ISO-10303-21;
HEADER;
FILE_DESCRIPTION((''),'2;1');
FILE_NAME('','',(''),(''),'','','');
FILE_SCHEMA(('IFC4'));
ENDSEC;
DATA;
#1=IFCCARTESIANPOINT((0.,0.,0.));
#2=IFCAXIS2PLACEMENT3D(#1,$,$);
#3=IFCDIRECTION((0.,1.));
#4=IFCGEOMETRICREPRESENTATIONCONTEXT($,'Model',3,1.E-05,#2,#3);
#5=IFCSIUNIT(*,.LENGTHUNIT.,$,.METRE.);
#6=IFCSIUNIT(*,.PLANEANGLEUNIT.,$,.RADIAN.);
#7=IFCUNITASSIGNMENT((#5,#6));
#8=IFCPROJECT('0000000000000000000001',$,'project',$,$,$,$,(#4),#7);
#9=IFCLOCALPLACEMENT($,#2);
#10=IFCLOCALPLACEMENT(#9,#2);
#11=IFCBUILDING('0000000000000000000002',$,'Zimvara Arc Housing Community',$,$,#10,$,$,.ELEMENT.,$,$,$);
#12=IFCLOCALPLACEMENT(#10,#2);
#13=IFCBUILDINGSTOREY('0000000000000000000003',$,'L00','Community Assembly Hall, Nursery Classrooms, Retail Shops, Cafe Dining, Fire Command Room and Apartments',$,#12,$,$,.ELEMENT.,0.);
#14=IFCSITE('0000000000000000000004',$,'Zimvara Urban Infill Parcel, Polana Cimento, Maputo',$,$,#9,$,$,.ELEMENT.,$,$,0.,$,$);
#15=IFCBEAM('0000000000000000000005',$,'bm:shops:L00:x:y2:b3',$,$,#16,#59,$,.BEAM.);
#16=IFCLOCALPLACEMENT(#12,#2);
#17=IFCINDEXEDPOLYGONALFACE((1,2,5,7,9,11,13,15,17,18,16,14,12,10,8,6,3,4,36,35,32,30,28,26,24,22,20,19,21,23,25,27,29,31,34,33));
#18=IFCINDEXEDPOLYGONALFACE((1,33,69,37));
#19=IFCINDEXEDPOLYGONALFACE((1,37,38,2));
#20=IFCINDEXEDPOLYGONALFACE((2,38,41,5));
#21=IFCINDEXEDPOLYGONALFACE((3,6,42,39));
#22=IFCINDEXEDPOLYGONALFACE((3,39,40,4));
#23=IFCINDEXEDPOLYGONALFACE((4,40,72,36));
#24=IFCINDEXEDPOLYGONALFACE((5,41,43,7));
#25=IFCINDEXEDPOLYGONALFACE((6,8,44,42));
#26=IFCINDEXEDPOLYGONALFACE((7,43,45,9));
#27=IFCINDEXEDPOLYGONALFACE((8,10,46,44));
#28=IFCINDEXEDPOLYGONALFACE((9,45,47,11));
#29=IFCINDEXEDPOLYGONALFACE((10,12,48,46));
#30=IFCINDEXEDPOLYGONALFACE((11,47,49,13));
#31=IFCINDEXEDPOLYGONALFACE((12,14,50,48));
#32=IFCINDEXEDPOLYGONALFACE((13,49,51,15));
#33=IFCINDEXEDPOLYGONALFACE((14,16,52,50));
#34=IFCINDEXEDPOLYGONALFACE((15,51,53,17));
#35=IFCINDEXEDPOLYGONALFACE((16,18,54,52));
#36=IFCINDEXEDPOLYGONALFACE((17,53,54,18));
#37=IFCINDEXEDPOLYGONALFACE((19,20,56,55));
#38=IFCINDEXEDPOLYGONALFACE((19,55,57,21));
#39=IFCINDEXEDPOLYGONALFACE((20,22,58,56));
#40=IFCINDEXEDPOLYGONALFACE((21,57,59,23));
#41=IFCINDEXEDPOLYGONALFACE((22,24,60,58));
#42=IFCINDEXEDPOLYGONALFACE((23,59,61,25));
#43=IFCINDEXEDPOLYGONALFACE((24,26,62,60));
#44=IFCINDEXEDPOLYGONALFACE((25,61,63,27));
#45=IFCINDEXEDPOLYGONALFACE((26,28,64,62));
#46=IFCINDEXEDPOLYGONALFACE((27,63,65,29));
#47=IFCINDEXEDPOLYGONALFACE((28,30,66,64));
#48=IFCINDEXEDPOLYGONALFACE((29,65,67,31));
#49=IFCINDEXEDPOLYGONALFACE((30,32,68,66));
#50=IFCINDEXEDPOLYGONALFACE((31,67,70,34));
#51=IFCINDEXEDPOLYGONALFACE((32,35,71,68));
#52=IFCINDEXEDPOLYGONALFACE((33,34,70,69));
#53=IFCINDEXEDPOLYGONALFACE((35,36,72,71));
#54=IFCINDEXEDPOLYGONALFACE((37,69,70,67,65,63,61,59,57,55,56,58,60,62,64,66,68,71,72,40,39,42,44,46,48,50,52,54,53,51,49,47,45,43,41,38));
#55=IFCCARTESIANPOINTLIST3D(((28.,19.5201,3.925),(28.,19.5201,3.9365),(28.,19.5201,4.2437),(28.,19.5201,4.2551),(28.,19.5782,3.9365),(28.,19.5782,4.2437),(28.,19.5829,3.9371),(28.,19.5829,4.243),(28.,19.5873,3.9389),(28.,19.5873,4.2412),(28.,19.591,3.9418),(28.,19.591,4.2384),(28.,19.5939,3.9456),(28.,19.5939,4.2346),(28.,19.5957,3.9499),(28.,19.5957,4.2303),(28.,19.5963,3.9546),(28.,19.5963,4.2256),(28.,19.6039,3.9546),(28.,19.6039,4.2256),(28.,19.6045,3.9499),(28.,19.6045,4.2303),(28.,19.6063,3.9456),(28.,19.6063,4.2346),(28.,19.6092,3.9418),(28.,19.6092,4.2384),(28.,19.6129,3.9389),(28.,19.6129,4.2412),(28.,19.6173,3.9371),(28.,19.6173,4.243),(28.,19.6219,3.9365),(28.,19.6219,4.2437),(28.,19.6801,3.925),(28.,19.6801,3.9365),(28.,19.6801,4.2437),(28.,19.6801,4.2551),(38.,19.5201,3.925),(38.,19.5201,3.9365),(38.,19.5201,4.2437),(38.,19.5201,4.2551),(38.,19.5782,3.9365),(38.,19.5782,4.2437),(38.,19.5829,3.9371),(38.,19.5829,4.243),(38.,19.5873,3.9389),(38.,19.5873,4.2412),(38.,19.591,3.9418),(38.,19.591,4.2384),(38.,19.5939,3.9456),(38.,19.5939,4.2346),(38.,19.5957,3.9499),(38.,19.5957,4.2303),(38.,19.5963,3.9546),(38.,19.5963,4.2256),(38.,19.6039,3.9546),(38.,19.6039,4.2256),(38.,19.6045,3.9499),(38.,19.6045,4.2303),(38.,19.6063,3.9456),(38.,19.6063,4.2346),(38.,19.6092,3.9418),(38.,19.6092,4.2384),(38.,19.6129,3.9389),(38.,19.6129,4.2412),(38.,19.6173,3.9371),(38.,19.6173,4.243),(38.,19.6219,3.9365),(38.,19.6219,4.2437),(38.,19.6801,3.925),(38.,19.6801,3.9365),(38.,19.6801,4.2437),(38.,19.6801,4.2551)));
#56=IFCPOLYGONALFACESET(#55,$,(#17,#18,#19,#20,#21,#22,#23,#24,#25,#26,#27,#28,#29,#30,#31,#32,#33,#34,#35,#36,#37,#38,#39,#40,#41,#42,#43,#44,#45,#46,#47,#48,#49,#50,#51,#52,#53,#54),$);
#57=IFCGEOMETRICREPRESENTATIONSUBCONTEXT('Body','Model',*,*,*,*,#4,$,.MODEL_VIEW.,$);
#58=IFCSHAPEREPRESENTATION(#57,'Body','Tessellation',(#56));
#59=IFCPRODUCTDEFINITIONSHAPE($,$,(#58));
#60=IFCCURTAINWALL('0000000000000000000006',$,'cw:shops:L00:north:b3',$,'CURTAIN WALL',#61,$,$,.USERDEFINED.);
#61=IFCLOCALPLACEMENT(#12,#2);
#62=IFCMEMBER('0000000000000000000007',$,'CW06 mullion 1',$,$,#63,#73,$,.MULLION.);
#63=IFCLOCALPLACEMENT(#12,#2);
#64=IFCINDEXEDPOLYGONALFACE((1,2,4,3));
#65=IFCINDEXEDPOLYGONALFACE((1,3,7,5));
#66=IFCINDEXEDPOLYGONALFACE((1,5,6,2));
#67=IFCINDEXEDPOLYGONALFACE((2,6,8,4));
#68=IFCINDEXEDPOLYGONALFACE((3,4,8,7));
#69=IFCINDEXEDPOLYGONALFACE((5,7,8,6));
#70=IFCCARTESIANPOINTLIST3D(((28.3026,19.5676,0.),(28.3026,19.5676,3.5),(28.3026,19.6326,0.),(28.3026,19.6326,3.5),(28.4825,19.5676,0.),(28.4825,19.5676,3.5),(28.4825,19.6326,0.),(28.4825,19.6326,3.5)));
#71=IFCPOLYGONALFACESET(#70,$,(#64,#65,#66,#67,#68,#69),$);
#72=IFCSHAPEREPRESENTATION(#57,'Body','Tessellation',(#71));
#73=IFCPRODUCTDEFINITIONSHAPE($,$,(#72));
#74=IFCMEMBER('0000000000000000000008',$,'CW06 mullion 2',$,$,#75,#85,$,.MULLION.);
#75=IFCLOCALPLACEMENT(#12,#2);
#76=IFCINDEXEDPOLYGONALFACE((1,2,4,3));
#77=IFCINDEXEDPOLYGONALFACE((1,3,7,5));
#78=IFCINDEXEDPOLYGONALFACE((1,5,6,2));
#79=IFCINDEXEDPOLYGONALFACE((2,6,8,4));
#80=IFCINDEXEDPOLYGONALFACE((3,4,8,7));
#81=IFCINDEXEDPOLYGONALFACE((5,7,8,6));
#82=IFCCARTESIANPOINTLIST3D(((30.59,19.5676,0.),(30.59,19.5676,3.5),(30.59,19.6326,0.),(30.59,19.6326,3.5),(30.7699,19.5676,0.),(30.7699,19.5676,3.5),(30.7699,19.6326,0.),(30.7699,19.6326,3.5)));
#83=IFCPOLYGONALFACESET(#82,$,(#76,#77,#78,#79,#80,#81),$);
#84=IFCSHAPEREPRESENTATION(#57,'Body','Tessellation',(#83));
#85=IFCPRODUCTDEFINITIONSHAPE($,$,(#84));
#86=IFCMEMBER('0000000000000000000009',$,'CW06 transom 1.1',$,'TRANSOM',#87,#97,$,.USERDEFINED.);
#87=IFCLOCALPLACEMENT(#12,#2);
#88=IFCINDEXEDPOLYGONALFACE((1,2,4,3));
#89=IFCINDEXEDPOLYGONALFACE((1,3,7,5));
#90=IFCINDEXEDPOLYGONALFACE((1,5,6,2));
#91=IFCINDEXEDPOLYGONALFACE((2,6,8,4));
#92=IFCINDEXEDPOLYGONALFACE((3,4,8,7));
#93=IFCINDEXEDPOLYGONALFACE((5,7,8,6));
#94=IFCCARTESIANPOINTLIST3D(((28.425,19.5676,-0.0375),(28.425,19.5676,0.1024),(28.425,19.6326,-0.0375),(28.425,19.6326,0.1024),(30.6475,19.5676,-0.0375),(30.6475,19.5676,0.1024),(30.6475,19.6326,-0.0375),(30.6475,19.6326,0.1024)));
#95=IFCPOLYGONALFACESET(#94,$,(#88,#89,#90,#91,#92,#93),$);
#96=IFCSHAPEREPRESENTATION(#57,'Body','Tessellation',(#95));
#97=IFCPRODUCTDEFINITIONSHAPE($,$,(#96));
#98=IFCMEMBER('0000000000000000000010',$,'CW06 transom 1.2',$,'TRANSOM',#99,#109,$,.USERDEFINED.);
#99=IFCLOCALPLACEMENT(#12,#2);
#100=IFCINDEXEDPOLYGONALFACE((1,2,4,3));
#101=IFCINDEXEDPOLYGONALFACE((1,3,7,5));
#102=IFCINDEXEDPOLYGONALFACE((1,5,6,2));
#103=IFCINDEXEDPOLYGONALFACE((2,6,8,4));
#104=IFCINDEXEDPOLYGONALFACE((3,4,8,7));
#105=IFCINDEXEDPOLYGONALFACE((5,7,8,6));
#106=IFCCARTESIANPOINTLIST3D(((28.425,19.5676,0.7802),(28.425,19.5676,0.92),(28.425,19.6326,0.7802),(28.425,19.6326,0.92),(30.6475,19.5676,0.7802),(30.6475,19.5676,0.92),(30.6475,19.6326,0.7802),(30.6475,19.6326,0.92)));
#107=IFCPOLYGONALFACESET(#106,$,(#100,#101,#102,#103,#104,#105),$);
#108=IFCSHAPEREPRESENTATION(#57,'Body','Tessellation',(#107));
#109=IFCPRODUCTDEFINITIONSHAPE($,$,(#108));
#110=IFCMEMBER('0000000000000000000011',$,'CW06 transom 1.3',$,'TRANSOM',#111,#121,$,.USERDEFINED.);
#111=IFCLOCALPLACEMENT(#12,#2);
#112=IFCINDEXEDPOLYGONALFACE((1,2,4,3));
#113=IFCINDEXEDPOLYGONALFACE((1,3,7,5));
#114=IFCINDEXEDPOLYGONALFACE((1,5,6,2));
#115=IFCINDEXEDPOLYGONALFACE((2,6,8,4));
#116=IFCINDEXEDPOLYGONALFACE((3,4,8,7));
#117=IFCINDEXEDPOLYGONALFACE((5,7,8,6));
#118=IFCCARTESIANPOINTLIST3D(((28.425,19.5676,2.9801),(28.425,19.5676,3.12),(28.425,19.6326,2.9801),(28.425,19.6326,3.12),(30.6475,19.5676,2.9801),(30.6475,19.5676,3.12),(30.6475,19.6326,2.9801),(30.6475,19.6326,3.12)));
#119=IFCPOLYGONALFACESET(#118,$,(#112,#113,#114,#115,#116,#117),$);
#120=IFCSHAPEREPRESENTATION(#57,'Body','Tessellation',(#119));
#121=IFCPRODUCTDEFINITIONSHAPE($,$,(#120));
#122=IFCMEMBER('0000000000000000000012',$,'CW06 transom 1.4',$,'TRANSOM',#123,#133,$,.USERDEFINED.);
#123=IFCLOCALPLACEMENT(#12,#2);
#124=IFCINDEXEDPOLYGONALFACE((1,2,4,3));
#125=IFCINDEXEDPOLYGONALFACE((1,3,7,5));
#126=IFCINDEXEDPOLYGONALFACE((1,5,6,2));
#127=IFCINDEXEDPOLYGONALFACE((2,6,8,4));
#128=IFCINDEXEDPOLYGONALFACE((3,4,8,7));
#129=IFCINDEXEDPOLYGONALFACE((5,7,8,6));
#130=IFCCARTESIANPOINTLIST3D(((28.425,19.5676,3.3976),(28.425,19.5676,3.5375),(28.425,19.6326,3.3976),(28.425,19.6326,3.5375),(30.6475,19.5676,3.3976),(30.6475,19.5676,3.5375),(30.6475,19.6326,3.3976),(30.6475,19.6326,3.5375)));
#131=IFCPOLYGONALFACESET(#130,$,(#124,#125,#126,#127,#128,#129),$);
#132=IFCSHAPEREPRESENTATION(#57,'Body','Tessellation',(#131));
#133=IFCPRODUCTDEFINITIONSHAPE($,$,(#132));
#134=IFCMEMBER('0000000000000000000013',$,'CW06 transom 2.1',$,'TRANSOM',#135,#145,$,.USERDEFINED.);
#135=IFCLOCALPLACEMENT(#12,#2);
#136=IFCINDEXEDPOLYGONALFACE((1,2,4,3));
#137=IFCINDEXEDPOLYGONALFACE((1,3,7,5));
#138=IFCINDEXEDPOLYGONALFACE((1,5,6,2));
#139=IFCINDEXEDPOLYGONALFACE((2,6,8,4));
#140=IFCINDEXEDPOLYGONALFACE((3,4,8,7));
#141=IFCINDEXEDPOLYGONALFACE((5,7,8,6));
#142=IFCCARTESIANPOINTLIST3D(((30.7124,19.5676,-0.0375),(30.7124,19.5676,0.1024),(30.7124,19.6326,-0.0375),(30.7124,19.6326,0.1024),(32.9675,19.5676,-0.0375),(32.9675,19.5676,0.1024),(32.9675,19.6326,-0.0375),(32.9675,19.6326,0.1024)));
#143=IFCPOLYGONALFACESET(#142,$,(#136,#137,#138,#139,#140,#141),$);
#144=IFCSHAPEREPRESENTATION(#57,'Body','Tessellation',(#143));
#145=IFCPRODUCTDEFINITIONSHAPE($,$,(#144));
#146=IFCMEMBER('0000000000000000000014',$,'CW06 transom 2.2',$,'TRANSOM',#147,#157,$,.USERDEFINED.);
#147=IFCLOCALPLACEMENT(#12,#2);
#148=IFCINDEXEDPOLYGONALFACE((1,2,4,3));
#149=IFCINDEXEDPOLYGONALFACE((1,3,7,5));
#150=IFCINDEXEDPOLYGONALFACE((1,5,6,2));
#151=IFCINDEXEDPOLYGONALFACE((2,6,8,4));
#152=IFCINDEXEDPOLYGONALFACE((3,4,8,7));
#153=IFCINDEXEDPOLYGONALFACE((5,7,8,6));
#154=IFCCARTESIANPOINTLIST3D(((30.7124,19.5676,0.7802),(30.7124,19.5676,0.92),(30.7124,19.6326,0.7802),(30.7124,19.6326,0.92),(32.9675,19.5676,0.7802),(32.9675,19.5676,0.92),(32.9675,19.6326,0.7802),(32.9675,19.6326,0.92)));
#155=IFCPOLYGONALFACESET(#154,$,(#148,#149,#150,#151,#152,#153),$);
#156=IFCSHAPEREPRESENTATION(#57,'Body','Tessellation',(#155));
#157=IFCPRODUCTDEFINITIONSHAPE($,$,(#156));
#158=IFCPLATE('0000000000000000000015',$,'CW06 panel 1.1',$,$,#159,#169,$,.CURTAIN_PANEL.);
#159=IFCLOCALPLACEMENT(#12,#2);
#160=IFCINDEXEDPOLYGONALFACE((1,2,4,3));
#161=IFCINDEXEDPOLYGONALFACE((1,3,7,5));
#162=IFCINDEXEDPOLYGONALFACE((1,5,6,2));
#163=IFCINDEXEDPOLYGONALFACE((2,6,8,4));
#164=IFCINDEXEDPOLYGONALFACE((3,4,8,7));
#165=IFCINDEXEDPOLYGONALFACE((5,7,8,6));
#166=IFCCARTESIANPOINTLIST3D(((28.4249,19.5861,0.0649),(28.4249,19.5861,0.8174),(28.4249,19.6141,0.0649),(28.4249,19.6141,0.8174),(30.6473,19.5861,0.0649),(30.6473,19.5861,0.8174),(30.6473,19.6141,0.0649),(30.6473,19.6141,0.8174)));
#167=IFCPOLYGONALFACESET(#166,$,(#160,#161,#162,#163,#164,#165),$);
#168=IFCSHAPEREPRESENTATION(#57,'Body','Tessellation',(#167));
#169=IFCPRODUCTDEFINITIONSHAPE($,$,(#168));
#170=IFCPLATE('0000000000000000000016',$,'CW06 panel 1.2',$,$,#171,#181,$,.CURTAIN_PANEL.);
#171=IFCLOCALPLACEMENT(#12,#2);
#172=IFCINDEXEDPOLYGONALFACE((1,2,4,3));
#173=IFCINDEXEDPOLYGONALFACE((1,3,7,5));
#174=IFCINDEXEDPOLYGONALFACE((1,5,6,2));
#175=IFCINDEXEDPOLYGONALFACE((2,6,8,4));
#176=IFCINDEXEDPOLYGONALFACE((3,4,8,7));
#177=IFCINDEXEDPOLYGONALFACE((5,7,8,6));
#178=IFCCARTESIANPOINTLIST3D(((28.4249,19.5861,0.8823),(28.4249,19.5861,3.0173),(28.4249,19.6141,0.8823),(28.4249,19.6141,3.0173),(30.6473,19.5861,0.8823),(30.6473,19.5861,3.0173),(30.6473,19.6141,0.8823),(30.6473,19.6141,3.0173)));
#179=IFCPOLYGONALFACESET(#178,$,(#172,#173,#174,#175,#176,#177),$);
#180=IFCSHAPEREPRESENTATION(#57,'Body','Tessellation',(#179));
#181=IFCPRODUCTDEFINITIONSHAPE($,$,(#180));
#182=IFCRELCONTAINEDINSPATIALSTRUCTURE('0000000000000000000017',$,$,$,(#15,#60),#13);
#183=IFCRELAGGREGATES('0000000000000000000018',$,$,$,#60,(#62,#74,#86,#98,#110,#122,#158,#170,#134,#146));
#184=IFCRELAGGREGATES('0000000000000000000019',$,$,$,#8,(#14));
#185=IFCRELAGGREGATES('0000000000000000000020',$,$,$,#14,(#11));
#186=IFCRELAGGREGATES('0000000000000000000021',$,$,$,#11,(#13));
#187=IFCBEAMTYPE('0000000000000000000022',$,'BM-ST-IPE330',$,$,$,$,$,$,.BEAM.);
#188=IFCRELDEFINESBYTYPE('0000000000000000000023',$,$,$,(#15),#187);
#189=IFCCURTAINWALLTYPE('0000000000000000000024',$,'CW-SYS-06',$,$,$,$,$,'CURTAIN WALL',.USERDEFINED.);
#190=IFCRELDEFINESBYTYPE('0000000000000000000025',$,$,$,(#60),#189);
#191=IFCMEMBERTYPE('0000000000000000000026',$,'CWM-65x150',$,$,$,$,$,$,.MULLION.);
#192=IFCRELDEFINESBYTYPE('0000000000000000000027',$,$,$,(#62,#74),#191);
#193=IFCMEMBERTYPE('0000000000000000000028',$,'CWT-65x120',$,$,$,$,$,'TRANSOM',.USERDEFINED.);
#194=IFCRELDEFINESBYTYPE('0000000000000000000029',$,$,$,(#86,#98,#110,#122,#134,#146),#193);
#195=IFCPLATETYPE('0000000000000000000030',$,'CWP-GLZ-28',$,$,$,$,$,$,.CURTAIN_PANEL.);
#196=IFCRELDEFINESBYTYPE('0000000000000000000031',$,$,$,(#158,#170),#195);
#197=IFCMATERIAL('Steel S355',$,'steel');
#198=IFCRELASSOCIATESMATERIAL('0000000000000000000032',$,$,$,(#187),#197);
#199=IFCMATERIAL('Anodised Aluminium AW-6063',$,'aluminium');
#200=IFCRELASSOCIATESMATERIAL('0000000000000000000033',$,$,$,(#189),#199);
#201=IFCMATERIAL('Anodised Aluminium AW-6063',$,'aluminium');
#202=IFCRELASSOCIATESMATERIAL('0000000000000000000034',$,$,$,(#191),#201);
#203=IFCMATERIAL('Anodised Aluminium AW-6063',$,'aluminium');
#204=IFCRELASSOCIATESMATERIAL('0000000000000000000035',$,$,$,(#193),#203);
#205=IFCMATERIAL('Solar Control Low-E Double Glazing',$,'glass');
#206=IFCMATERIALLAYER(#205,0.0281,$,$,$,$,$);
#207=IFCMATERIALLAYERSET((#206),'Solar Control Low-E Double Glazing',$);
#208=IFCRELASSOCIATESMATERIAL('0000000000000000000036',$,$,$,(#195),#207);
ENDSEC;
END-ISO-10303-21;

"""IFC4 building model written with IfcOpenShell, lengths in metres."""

from ifc_helpers import new_model, si_unit, direction, frame, origin, origin_2d, place, context, subcontext, project, spatial, rectangle, i_section, extrude, material, layer, layer_set, material_profile, profile_set, type_object, element, aggregate, save


model = new_model("IFC4")

# Units and contexts
model_context = context("Model", 3, precision=1e-05, world=origin(), true_north=direction((0.0, 1.0)))
body_context = subcontext(model_context, "Body", "Model", "MODEL_VIEW")
ifc_project = project(units=[si_unit("LENGTHUNIT", "METRE"), si_unit("PLANEANGLEUNIT", "RADIAN")], contexts=[model_context])

# Site, building, storey
site_placement = place(None, origin())
site = spatial("IfcSite", under=ifc_project, at=site_placement, Name="Zimvara Urban Infill Parcel, Polana Cimento, Maputo", CompositionType="ELEMENT", RefElevation=0.0)
building_placement = place(site_placement, origin())
building = spatial("IfcBuilding", under=site, at=building_placement, Name="Zimvara Arc Housing Community", CompositionType="ELEMENT")
storey_placement = place(building_placement, origin())
storey = spatial("IfcBuildingStorey", under=building, at=storey_placement, Name="L00", Description="Community Assembly Hall, Nursery Classrooms, Retail Shops, Cafe Dining, Fire Command Room and Apartments", CompositionType="ELEMENT", Elevation=0.0)

# Beam
ifc_material_1 = material(Name="Steel S355", Category="steel")
ifc_material_profile_1 = material_profile(ifc_material_1, i_section(OverallWidth=0.1599, OverallDepth=0.3301, WebThickness=0.0076, FlangeThickness=0.0115, FilletRadius=0.0181, at=origin_2d()), Name="IPE 330")
ifc_profile_set_1 = profile_set([ifc_material_profile_1], Name="Steel S355")
beam_type = type_object("IfcBeamType", Name="BM-ST-IPE330", PredefinedType="BEAM", material=ifc_profile_set_1)
beam_placement = place(storey_placement, frame((28.0, 19.6001, 4.0901), z_axis=(1.0, 0.0, 0.0), x_axis=(0.0, 1.0, 0.0)))
element("IfcBeam", 1, at=beam_placement, inside=storey, type_object=beam_type, Name="bm:shops:L00:x:y2:b3", PredefinedType="BEAM", context=body_context, shape_type="SweptSolid", body=[
    extrude(i_section(OverallWidth=0.1599, OverallDepth=0.3301, WebThickness=0.0076, FlangeThickness=0.0115, FilletRadius=0.0181, at=origin_2d()), origin(), (0.0, 0.0, 1.0), 10.0),
])

# Curtain wall, members, plates
ifc_material_2 = material(Name="Anodised Aluminium AW-6063", Category="aluminium")
curtain_wall_type = type_object("IfcCurtainWallType", Name="CW-SYS-06", ElementType="CURTAIN WALL", PredefinedType="USERDEFINED", material=ifc_material_2)
curtain_wall_placement = place(storey_placement, origin())
curtain_wall = element("IfcCurtainWall", 2, at=curtain_wall_placement, inside=storey, type_object=curtain_wall_type, Name="cw:shops:L00:north:b3", ObjectType="CURTAIN WALL", PredefinedType="USERDEFINED")
ifc_material_3 = material(Name="Anodised Aluminium AW-6063", Category="aluminium")
ifc_material_profile_2 = material_profile(ifc_material_3, rectangle(XDim=0.0649, YDim=0.1799, at=origin_2d()), Name="ALU 65x180")
ifc_profile_set_2 = profile_set([ifc_material_profile_2], Name="Anodised Aluminium AW-6063")
member_type_1 = type_object("IfcMemberType", Name="CWM-65x150", PredefinedType="MULLION", material=ifc_profile_set_2)
member_1_placement = place(storey_placement, frame((28.3926, 19.6001, 0.0), z_axis=(0.0, 0.0, 1.0), x_axis=(0.0, 1.0, 0.0)))
member_1 = element("IfcMember", 3, at=member_1_placement, type_object=member_type_1, Name="CW06 mullion 1", PredefinedType="MULLION", context=body_context, shape_type="SweptSolid", body=[
    extrude(rectangle(XDim=0.0649, YDim=0.1799, at=origin_2d()), origin(), (0.0, 0.0, 1.0), 3.5),
])
member_2_placement = place(storey_placement, frame((30.6799, 19.6001, 0.0), z_axis=(0.0, 0.0, 1.0), x_axis=(0.0, 1.0, 0.0)))
member_2 = element("IfcMember", 4, at=member_2_placement, type_object=member_type_1, Name="CW06 mullion 2", PredefinedType="MULLION", context=body_context, shape_type="SweptSolid", body=[
    extrude(rectangle(XDim=0.0649, YDim=0.1799, at=origin_2d()), origin(), (0.0, 0.0, 1.0), 3.5),
])
ifc_material_4 = material(Name="Anodised Aluminium AW-6063", Category="aluminium")
ifc_material_profile_3 = material_profile(ifc_material_4, rectangle(XDim=0.0649, YDim=0.1399, at=origin_2d()), Name="ALU 65x140")
ifc_profile_set_3 = profile_set([ifc_material_profile_3], Name="Anodised Aluminium AW-6063")
member_type_2 = type_object("IfcMemberType", Name="CWT-65x120", ElementType="TRANSOM", PredefinedType="USERDEFINED", material=ifc_profile_set_3)
member_3_placement = place(storey_placement, frame((28.425, 19.6001, 0.0325), z_axis=(1.0, 0.0, 0.0), x_axis=(0.0, 1.0, 0.0)))
member_3 = element("IfcMember", 5, at=member_3_placement, type_object=member_type_2, Name="CW06 transom 1.1", ObjectType="TRANSOM", PredefinedType="USERDEFINED", context=body_context, shape_type="SweptSolid", body=[
    extrude(rectangle(XDim=0.0649, YDim=0.1399, at=origin_2d()), origin(), (0.0, 0.0, 1.0), 2.2224),
])
member_4_placement = place(storey_placement, frame((28.425, 19.6001, 0.8501), z_axis=(1.0, 0.0, 0.0), x_axis=(0.0, 1.0, 0.0)))
member_4 = element("IfcMember", 6, at=member_4_placement, type_object=member_type_2, Name="CW06 transom 1.2", ObjectType="TRANSOM", PredefinedType="USERDEFINED", context=body_context, shape_type="SweptSolid", body=[
    extrude(rectangle(XDim=0.0649, YDim=0.1399, at=origin_2d()), origin(), (0.0, 0.0, 1.0), 2.2224),
])
member_5_placement = place(storey_placement, frame((28.425, 19.6001, 3.05), z_axis=(1.0, 0.0, 0.0), x_axis=(0.0, 1.0, 0.0)))
member_5 = element("IfcMember", 7, at=member_5_placement, type_object=member_type_2, Name="CW06 transom 1.3", ObjectType="TRANSOM", PredefinedType="USERDEFINED", context=body_context, shape_type="SweptSolid", body=[
    extrude(rectangle(XDim=0.0649, YDim=0.1399, at=origin_2d()), origin(), (0.0, 0.0, 1.0), 2.2224),
])
member_6_placement = place(storey_placement, frame((28.425, 19.6001, 3.4675), z_axis=(1.0, 0.0, 0.0), x_axis=(0.0, 1.0, 0.0)))
member_6 = element("IfcMember", 8, at=member_6_placement, type_object=member_type_2, Name="CW06 transom 1.4", ObjectType="TRANSOM", PredefinedType="USERDEFINED", context=body_context, shape_type="SweptSolid", body=[
    extrude(rectangle(XDim=0.0649, YDim=0.1399, at=origin_2d()), origin(), (0.0, 0.0, 1.0), 2.2224),
])
member_7_placement = place(storey_placement, frame((30.7124, 19.6001, 0.0325), z_axis=(1.0, 0.0, 0.0), x_axis=(0.0, 1.0, 0.0)))
member_7 = element("IfcMember", 9, at=member_7_placement, type_object=member_type_2, Name="CW06 transom 2.1", ObjectType="TRANSOM", PredefinedType="USERDEFINED", context=body_context, shape_type="SweptSolid", body=[
    extrude(rectangle(XDim=0.0649, YDim=0.1399, at=origin_2d()), origin(), (0.0, 0.0, 1.0), 2.2551),
])
member_8_placement = place(storey_placement, frame((30.7124, 19.6001, 0.8501), z_axis=(1.0, 0.0, 0.0), x_axis=(0.0, 1.0, 0.0)))
member_8 = element("IfcMember", 10, at=member_8_placement, type_object=member_type_2, Name="CW06 transom 2.2", ObjectType="TRANSOM", PredefinedType="USERDEFINED", context=body_context, shape_type="SweptSolid", body=[
    extrude(rectangle(XDim=0.0649, YDim=0.1399, at=origin_2d()), origin(), (0.0, 0.0, 1.0), 2.2551),
])
ifc_material_5 = material(Name="Solar Control Low-E Double Glazing", Category="glass")
ifc_layer = layer(ifc_material_5, 0.0281)
ifc_layer_set = layer_set([ifc_layer], Name="Solar Control Low-E Double Glazing")
plate_type = type_object("IfcPlateType", Name="CWP-GLZ-28", PredefinedType="CURTAIN_PANEL", material=ifc_layer_set)
plate_1_placement = place(storey_placement, frame((29.5361, 19.6001, 0.0649), z_axis=(0.0, 0.0, 1.0), x_axis=(1.0, 0.0, 0.0)))
plate_1 = element("IfcPlate", 11, at=plate_1_placement, type_object=plate_type, Name="CW06 panel 1.1", PredefinedType="CURTAIN_PANEL", context=body_context, shape_type="SweptSolid", body=[
    extrude(rectangle(XDim=2.2224, YDim=0.0281, at=origin_2d()), origin(), (0.0, 0.0, 1.0), 0.7524),
])
plate_2_placement = place(storey_placement, frame((29.5361, 19.6001, 0.8823), z_axis=(0.0, 0.0, 1.0), x_axis=(1.0, 0.0, 0.0)))
plate_2 = element("IfcPlate", 12, at=plate_2_placement, type_object=plate_type, Name="CW06 panel 1.2", PredefinedType="CURTAIN_PANEL", context=body_context, shape_type="SweptSolid", body=[
    extrude(rectangle(XDim=2.2224, YDim=0.0281, at=origin_2d()), origin(), (0.0, 0.0, 1.0), 2.135),
])
aggregate(curtain_wall, [member_1, member_2, member_3, member_4, member_5, member_6, plate_1, plate_2, member_7, member_8])

save(model, "model.ifc")
